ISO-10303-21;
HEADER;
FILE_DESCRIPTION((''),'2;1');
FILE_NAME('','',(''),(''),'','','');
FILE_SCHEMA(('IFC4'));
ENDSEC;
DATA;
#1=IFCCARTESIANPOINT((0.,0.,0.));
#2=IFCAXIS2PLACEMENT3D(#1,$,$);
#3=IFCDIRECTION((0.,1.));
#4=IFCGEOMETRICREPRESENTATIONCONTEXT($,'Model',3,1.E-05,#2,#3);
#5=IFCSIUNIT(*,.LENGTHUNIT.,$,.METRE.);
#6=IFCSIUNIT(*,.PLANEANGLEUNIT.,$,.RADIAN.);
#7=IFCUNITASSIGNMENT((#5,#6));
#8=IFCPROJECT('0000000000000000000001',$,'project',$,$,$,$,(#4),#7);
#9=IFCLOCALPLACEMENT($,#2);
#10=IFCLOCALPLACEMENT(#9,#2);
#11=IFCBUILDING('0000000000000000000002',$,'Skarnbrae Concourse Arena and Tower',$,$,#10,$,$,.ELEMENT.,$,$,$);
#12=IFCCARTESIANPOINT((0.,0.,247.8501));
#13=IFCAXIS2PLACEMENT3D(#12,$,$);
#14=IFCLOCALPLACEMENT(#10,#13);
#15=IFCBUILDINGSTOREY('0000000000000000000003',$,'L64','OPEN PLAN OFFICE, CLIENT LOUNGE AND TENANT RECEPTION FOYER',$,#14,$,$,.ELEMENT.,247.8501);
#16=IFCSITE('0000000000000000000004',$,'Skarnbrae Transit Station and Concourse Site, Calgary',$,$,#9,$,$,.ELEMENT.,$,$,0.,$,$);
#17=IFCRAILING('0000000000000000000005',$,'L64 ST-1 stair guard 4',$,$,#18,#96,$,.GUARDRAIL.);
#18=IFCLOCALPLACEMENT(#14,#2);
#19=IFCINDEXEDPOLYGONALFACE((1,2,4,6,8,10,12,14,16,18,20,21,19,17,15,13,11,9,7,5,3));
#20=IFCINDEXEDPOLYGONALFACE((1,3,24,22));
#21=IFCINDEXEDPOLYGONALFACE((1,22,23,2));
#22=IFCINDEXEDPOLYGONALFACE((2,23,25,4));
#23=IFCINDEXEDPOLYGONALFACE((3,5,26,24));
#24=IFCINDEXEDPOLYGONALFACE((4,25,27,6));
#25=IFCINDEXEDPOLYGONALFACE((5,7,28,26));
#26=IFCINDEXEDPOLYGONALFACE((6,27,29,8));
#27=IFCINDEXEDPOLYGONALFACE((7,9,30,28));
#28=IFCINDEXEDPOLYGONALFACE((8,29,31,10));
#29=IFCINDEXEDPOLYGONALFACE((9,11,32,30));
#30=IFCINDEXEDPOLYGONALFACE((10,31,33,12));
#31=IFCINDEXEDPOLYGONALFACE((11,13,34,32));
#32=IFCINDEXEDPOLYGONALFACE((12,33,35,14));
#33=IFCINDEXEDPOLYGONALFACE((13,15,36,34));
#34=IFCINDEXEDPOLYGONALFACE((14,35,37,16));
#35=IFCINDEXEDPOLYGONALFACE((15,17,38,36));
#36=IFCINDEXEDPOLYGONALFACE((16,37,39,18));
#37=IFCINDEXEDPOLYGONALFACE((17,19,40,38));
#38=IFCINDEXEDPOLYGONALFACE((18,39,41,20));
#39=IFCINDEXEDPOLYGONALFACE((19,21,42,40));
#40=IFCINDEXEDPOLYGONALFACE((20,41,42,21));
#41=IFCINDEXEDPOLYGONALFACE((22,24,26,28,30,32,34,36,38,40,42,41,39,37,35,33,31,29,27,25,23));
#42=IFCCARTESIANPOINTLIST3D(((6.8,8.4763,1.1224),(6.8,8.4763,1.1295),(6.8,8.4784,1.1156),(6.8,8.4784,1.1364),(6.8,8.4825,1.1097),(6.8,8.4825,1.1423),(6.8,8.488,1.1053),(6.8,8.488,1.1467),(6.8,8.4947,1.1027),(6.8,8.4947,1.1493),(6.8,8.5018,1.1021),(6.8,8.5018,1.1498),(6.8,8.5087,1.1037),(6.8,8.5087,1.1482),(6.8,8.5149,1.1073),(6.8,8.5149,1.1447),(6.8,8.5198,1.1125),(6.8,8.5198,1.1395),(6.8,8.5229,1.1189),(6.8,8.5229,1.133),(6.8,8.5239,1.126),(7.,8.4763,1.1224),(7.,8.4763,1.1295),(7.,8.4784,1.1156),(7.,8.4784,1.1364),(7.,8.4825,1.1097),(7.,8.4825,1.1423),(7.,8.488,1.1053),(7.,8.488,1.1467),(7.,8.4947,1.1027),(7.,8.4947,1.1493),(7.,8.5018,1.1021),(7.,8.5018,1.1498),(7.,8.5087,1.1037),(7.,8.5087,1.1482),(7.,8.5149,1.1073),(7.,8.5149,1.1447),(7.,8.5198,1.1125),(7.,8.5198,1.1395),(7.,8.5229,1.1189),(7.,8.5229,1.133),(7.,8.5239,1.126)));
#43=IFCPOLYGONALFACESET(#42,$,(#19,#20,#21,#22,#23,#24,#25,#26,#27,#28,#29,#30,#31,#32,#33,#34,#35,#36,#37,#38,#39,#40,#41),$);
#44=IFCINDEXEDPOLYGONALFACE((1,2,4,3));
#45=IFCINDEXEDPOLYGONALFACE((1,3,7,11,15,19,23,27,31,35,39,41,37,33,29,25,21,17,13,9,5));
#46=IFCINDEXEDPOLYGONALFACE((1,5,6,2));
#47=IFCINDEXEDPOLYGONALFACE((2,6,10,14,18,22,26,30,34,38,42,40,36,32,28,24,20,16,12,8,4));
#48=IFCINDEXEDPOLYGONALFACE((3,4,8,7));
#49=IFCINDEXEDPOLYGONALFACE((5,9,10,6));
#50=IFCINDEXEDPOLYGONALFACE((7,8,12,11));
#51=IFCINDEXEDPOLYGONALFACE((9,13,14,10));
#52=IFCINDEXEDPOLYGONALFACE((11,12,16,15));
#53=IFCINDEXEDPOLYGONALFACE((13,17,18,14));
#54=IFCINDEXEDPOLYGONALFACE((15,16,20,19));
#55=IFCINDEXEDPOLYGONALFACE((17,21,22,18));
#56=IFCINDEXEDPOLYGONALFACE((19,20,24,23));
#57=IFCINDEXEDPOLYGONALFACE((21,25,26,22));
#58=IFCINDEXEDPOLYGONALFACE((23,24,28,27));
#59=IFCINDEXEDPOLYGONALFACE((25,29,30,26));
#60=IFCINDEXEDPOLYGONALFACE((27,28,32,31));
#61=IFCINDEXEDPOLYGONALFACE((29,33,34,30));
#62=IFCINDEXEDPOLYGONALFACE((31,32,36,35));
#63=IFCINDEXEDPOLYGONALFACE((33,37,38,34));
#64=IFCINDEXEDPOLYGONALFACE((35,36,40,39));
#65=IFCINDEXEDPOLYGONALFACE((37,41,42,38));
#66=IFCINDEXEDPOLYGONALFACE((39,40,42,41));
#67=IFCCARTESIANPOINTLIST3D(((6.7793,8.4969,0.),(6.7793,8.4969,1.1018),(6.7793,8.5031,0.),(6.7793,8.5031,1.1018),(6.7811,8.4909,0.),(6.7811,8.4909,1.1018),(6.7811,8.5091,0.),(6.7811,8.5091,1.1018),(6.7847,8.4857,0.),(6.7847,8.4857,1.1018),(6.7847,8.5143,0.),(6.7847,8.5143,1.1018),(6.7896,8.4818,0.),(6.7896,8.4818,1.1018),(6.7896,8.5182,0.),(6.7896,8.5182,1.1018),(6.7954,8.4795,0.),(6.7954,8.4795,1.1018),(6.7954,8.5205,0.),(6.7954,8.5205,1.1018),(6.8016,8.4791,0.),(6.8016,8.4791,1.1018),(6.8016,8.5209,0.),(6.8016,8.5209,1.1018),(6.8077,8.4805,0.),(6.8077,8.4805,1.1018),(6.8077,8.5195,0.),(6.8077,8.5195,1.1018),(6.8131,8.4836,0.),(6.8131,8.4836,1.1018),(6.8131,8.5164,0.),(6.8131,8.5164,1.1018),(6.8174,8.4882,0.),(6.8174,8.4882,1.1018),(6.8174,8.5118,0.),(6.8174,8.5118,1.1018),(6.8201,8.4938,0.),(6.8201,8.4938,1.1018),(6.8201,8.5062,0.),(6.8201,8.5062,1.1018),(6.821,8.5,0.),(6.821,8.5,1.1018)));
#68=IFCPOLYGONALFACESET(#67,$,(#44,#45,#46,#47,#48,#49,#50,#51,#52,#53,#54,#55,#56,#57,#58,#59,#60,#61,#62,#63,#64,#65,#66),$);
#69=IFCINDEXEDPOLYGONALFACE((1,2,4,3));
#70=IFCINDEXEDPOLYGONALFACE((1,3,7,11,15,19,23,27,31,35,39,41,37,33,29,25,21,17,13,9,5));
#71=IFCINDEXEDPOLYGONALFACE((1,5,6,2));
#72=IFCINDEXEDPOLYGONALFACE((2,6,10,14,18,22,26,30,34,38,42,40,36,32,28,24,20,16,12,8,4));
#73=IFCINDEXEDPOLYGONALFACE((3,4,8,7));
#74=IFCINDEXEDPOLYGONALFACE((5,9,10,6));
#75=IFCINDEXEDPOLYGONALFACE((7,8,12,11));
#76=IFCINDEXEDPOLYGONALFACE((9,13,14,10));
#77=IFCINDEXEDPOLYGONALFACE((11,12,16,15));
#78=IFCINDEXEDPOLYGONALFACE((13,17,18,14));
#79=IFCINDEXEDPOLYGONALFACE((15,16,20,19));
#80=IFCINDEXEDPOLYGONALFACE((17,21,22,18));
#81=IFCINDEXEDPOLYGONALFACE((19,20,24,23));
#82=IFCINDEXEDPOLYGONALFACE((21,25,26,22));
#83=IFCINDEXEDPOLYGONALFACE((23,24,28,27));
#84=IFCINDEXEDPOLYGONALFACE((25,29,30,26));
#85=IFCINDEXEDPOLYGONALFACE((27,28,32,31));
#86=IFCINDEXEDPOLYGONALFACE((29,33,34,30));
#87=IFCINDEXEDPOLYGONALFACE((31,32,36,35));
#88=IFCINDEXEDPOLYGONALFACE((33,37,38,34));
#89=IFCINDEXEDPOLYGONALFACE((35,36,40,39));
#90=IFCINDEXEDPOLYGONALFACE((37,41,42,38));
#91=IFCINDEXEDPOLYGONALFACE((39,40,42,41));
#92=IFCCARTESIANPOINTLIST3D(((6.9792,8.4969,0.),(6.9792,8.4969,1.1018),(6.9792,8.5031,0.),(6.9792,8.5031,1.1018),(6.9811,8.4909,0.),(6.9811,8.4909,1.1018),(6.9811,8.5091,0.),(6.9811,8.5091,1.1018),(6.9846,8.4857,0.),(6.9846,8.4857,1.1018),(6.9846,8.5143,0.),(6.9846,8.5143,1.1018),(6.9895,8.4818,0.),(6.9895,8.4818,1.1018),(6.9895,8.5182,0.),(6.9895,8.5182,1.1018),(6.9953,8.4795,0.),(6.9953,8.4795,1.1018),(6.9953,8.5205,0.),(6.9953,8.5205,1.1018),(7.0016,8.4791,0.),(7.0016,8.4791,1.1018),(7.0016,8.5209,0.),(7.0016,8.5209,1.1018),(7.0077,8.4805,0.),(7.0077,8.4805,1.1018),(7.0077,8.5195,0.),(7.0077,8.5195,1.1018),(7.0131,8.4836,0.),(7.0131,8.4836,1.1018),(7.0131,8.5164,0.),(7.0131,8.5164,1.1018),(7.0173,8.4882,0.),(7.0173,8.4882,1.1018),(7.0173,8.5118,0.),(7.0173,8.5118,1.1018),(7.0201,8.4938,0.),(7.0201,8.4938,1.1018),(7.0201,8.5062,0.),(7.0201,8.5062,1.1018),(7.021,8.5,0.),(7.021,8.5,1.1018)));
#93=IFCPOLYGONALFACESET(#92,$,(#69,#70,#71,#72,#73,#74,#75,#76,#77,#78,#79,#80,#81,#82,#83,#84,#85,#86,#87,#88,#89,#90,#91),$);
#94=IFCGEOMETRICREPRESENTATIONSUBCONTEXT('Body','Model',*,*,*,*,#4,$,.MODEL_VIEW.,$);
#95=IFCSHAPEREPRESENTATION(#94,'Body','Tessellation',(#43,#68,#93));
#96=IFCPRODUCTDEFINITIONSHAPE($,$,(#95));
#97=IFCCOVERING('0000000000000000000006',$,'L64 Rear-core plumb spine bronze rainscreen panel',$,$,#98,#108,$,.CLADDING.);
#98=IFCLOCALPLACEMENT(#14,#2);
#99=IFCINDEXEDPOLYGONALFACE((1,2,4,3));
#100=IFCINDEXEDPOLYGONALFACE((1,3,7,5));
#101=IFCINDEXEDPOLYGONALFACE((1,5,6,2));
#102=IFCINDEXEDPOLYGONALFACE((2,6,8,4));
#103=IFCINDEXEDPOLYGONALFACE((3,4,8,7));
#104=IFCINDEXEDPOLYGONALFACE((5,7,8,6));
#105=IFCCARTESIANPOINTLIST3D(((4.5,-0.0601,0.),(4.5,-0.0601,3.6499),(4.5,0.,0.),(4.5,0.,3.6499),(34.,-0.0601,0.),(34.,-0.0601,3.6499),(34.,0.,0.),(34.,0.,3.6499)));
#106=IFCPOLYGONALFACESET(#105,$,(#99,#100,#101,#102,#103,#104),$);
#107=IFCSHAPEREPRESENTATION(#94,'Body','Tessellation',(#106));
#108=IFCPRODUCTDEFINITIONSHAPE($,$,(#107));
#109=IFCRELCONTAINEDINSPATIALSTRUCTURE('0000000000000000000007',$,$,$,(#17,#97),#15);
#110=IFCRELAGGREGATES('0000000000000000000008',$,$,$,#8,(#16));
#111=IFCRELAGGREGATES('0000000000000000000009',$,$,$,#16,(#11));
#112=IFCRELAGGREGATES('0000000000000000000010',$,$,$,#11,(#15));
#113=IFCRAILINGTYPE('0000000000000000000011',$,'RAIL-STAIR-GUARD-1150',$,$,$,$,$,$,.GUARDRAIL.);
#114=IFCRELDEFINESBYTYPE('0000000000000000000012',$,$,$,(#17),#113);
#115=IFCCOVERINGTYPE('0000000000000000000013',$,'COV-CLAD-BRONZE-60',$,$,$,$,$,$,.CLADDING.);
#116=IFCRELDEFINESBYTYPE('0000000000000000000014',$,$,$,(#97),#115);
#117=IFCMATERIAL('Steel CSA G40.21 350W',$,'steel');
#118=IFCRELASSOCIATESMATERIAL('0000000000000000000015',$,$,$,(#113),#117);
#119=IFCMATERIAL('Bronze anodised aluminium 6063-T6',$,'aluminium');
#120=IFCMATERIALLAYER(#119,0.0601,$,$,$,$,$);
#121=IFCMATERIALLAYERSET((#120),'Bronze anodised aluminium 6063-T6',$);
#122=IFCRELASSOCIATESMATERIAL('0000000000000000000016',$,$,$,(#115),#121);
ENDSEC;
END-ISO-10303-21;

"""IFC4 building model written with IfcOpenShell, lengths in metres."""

from ifc_helpers import new_model, si_unit, direction, frame, origin, origin_2d, place, context, subcontext, project, spatial, rectangle, circle, extrude, source, transform, mapped, material, layer, layer_set, type_object, element, save


model = new_model("IFC4")

# Units and contexts
model_context = context("Model", 3, precision=1e-05, world=origin(), true_north=direction((0.0, 1.0)))
body_context = subcontext(model_context, "Body", "Model", "MODEL_VIEW")
ifc_project = project(units=[si_unit("LENGTHUNIT", "METRE"), si_unit("PLANEANGLEUNIT", "RADIAN")], contexts=[model_context])

# Site, building, storey
site_placement = place(None, origin())
site = spatial("IfcSite", under=ifc_project, at=site_placement, Name="Skarnbrae Transit Station and Concourse Site, Calgary", CompositionType="ELEMENT", RefElevation=0.0)
building_placement = place(site_placement, origin())
building = spatial("IfcBuilding", under=site, at=building_placement, Name="Skarnbrae Concourse Arena and Tower", CompositionType="ELEMENT")
storey_placement = place(building_placement, frame((0.0, 0.0, 247.8501)))
storey = spatial("IfcBuildingStorey", under=building, at=storey_placement, Name="L64", Description="OPEN PLAN OFFICE, CLIENT LOUNGE AND TENANT RECEPTION FOYER", CompositionType="ELEMENT", Elevation=247.8501)

# Shared definitions
ifc_material_1 = material(Name="Steel CSA G40.21 350W", Category="steel")

# Railing
railing_type_1 = type_object("IfcRailingType", Name="RAIL-STAIR-GUARD-1150", PredefinedType="GUARDRAIL", material=ifc_material_1)
railing_1_placement = place(storey_placement, frame((6.8, 8.5, 0.0)))
element("IfcRailing", 1, at=railing_1_placement, inside=storey, type_object=railing_type_1, Name="L64 ST-1 stair guard 4", PredefinedType="GUARDRAIL", context=body_context, shape_type="SweptSolid", body=[
    extrude(circle(Radius=0.0239, at=origin_2d()), frame((0.0, 0.0, 1.126), z_axis=(1.0, 0.0, 0.0), x_axis=(0.0, 1.0, 0.0)), (0.0, 0.0, 1.0), 0.2),
    extrude(circle(Radius=0.021, at=origin_2d()), origin(), (0.0, 0.0, 1.0), 1.1018),
    extrude(circle(Radius=0.021, at=origin_2d()), frame((0.2, 0.0, 0.0)), (0.0, 0.0, 1.0), 1.1018),
])

# Covering
ifc_material_2 = material(Name="Bronze anodised aluminium 6063-T6", Category="aluminium")
ifc_layer_1 = layer(ifc_material_2, 0.0601)
ifc_layer_set_1 = layer_set([ifc_layer_1], Name="Bronze anodised aluminium 6063-T6")
covering_type = type_object("IfcCoveringType", Name="COV-CLAD-BRONZE-60", PredefinedType="CLADDING", material=ifc_layer_set_1)
shared_shape_1 = source(origin(), body_context, "Body", "SweptSolid", [
    extrude(rectangle(XDim=29.5, YDim=0.0601, at=origin_2d()), origin(), (0.0, 0.0, 1.0), 3.6499),
])
covering_placement = place(storey_placement, frame((19.25, -0.03, 0.0), z_axis=(0.0, 0.0, 1.0), x_axis=(1.0, 0.0, 0.0)))
element("IfcCovering", 2, at=covering_placement, inside=storey, type_object=covering_type, Name="L64 Rear-core plumb spine bronze rainscreen panel", PredefinedType="CLADDING", context=body_context, shape_type="MappedRepresentation", body=[
    mapped(shared_shape_1, transform((0.0, 0.0, 0.0))),
])

save(model, "model.ifc")
